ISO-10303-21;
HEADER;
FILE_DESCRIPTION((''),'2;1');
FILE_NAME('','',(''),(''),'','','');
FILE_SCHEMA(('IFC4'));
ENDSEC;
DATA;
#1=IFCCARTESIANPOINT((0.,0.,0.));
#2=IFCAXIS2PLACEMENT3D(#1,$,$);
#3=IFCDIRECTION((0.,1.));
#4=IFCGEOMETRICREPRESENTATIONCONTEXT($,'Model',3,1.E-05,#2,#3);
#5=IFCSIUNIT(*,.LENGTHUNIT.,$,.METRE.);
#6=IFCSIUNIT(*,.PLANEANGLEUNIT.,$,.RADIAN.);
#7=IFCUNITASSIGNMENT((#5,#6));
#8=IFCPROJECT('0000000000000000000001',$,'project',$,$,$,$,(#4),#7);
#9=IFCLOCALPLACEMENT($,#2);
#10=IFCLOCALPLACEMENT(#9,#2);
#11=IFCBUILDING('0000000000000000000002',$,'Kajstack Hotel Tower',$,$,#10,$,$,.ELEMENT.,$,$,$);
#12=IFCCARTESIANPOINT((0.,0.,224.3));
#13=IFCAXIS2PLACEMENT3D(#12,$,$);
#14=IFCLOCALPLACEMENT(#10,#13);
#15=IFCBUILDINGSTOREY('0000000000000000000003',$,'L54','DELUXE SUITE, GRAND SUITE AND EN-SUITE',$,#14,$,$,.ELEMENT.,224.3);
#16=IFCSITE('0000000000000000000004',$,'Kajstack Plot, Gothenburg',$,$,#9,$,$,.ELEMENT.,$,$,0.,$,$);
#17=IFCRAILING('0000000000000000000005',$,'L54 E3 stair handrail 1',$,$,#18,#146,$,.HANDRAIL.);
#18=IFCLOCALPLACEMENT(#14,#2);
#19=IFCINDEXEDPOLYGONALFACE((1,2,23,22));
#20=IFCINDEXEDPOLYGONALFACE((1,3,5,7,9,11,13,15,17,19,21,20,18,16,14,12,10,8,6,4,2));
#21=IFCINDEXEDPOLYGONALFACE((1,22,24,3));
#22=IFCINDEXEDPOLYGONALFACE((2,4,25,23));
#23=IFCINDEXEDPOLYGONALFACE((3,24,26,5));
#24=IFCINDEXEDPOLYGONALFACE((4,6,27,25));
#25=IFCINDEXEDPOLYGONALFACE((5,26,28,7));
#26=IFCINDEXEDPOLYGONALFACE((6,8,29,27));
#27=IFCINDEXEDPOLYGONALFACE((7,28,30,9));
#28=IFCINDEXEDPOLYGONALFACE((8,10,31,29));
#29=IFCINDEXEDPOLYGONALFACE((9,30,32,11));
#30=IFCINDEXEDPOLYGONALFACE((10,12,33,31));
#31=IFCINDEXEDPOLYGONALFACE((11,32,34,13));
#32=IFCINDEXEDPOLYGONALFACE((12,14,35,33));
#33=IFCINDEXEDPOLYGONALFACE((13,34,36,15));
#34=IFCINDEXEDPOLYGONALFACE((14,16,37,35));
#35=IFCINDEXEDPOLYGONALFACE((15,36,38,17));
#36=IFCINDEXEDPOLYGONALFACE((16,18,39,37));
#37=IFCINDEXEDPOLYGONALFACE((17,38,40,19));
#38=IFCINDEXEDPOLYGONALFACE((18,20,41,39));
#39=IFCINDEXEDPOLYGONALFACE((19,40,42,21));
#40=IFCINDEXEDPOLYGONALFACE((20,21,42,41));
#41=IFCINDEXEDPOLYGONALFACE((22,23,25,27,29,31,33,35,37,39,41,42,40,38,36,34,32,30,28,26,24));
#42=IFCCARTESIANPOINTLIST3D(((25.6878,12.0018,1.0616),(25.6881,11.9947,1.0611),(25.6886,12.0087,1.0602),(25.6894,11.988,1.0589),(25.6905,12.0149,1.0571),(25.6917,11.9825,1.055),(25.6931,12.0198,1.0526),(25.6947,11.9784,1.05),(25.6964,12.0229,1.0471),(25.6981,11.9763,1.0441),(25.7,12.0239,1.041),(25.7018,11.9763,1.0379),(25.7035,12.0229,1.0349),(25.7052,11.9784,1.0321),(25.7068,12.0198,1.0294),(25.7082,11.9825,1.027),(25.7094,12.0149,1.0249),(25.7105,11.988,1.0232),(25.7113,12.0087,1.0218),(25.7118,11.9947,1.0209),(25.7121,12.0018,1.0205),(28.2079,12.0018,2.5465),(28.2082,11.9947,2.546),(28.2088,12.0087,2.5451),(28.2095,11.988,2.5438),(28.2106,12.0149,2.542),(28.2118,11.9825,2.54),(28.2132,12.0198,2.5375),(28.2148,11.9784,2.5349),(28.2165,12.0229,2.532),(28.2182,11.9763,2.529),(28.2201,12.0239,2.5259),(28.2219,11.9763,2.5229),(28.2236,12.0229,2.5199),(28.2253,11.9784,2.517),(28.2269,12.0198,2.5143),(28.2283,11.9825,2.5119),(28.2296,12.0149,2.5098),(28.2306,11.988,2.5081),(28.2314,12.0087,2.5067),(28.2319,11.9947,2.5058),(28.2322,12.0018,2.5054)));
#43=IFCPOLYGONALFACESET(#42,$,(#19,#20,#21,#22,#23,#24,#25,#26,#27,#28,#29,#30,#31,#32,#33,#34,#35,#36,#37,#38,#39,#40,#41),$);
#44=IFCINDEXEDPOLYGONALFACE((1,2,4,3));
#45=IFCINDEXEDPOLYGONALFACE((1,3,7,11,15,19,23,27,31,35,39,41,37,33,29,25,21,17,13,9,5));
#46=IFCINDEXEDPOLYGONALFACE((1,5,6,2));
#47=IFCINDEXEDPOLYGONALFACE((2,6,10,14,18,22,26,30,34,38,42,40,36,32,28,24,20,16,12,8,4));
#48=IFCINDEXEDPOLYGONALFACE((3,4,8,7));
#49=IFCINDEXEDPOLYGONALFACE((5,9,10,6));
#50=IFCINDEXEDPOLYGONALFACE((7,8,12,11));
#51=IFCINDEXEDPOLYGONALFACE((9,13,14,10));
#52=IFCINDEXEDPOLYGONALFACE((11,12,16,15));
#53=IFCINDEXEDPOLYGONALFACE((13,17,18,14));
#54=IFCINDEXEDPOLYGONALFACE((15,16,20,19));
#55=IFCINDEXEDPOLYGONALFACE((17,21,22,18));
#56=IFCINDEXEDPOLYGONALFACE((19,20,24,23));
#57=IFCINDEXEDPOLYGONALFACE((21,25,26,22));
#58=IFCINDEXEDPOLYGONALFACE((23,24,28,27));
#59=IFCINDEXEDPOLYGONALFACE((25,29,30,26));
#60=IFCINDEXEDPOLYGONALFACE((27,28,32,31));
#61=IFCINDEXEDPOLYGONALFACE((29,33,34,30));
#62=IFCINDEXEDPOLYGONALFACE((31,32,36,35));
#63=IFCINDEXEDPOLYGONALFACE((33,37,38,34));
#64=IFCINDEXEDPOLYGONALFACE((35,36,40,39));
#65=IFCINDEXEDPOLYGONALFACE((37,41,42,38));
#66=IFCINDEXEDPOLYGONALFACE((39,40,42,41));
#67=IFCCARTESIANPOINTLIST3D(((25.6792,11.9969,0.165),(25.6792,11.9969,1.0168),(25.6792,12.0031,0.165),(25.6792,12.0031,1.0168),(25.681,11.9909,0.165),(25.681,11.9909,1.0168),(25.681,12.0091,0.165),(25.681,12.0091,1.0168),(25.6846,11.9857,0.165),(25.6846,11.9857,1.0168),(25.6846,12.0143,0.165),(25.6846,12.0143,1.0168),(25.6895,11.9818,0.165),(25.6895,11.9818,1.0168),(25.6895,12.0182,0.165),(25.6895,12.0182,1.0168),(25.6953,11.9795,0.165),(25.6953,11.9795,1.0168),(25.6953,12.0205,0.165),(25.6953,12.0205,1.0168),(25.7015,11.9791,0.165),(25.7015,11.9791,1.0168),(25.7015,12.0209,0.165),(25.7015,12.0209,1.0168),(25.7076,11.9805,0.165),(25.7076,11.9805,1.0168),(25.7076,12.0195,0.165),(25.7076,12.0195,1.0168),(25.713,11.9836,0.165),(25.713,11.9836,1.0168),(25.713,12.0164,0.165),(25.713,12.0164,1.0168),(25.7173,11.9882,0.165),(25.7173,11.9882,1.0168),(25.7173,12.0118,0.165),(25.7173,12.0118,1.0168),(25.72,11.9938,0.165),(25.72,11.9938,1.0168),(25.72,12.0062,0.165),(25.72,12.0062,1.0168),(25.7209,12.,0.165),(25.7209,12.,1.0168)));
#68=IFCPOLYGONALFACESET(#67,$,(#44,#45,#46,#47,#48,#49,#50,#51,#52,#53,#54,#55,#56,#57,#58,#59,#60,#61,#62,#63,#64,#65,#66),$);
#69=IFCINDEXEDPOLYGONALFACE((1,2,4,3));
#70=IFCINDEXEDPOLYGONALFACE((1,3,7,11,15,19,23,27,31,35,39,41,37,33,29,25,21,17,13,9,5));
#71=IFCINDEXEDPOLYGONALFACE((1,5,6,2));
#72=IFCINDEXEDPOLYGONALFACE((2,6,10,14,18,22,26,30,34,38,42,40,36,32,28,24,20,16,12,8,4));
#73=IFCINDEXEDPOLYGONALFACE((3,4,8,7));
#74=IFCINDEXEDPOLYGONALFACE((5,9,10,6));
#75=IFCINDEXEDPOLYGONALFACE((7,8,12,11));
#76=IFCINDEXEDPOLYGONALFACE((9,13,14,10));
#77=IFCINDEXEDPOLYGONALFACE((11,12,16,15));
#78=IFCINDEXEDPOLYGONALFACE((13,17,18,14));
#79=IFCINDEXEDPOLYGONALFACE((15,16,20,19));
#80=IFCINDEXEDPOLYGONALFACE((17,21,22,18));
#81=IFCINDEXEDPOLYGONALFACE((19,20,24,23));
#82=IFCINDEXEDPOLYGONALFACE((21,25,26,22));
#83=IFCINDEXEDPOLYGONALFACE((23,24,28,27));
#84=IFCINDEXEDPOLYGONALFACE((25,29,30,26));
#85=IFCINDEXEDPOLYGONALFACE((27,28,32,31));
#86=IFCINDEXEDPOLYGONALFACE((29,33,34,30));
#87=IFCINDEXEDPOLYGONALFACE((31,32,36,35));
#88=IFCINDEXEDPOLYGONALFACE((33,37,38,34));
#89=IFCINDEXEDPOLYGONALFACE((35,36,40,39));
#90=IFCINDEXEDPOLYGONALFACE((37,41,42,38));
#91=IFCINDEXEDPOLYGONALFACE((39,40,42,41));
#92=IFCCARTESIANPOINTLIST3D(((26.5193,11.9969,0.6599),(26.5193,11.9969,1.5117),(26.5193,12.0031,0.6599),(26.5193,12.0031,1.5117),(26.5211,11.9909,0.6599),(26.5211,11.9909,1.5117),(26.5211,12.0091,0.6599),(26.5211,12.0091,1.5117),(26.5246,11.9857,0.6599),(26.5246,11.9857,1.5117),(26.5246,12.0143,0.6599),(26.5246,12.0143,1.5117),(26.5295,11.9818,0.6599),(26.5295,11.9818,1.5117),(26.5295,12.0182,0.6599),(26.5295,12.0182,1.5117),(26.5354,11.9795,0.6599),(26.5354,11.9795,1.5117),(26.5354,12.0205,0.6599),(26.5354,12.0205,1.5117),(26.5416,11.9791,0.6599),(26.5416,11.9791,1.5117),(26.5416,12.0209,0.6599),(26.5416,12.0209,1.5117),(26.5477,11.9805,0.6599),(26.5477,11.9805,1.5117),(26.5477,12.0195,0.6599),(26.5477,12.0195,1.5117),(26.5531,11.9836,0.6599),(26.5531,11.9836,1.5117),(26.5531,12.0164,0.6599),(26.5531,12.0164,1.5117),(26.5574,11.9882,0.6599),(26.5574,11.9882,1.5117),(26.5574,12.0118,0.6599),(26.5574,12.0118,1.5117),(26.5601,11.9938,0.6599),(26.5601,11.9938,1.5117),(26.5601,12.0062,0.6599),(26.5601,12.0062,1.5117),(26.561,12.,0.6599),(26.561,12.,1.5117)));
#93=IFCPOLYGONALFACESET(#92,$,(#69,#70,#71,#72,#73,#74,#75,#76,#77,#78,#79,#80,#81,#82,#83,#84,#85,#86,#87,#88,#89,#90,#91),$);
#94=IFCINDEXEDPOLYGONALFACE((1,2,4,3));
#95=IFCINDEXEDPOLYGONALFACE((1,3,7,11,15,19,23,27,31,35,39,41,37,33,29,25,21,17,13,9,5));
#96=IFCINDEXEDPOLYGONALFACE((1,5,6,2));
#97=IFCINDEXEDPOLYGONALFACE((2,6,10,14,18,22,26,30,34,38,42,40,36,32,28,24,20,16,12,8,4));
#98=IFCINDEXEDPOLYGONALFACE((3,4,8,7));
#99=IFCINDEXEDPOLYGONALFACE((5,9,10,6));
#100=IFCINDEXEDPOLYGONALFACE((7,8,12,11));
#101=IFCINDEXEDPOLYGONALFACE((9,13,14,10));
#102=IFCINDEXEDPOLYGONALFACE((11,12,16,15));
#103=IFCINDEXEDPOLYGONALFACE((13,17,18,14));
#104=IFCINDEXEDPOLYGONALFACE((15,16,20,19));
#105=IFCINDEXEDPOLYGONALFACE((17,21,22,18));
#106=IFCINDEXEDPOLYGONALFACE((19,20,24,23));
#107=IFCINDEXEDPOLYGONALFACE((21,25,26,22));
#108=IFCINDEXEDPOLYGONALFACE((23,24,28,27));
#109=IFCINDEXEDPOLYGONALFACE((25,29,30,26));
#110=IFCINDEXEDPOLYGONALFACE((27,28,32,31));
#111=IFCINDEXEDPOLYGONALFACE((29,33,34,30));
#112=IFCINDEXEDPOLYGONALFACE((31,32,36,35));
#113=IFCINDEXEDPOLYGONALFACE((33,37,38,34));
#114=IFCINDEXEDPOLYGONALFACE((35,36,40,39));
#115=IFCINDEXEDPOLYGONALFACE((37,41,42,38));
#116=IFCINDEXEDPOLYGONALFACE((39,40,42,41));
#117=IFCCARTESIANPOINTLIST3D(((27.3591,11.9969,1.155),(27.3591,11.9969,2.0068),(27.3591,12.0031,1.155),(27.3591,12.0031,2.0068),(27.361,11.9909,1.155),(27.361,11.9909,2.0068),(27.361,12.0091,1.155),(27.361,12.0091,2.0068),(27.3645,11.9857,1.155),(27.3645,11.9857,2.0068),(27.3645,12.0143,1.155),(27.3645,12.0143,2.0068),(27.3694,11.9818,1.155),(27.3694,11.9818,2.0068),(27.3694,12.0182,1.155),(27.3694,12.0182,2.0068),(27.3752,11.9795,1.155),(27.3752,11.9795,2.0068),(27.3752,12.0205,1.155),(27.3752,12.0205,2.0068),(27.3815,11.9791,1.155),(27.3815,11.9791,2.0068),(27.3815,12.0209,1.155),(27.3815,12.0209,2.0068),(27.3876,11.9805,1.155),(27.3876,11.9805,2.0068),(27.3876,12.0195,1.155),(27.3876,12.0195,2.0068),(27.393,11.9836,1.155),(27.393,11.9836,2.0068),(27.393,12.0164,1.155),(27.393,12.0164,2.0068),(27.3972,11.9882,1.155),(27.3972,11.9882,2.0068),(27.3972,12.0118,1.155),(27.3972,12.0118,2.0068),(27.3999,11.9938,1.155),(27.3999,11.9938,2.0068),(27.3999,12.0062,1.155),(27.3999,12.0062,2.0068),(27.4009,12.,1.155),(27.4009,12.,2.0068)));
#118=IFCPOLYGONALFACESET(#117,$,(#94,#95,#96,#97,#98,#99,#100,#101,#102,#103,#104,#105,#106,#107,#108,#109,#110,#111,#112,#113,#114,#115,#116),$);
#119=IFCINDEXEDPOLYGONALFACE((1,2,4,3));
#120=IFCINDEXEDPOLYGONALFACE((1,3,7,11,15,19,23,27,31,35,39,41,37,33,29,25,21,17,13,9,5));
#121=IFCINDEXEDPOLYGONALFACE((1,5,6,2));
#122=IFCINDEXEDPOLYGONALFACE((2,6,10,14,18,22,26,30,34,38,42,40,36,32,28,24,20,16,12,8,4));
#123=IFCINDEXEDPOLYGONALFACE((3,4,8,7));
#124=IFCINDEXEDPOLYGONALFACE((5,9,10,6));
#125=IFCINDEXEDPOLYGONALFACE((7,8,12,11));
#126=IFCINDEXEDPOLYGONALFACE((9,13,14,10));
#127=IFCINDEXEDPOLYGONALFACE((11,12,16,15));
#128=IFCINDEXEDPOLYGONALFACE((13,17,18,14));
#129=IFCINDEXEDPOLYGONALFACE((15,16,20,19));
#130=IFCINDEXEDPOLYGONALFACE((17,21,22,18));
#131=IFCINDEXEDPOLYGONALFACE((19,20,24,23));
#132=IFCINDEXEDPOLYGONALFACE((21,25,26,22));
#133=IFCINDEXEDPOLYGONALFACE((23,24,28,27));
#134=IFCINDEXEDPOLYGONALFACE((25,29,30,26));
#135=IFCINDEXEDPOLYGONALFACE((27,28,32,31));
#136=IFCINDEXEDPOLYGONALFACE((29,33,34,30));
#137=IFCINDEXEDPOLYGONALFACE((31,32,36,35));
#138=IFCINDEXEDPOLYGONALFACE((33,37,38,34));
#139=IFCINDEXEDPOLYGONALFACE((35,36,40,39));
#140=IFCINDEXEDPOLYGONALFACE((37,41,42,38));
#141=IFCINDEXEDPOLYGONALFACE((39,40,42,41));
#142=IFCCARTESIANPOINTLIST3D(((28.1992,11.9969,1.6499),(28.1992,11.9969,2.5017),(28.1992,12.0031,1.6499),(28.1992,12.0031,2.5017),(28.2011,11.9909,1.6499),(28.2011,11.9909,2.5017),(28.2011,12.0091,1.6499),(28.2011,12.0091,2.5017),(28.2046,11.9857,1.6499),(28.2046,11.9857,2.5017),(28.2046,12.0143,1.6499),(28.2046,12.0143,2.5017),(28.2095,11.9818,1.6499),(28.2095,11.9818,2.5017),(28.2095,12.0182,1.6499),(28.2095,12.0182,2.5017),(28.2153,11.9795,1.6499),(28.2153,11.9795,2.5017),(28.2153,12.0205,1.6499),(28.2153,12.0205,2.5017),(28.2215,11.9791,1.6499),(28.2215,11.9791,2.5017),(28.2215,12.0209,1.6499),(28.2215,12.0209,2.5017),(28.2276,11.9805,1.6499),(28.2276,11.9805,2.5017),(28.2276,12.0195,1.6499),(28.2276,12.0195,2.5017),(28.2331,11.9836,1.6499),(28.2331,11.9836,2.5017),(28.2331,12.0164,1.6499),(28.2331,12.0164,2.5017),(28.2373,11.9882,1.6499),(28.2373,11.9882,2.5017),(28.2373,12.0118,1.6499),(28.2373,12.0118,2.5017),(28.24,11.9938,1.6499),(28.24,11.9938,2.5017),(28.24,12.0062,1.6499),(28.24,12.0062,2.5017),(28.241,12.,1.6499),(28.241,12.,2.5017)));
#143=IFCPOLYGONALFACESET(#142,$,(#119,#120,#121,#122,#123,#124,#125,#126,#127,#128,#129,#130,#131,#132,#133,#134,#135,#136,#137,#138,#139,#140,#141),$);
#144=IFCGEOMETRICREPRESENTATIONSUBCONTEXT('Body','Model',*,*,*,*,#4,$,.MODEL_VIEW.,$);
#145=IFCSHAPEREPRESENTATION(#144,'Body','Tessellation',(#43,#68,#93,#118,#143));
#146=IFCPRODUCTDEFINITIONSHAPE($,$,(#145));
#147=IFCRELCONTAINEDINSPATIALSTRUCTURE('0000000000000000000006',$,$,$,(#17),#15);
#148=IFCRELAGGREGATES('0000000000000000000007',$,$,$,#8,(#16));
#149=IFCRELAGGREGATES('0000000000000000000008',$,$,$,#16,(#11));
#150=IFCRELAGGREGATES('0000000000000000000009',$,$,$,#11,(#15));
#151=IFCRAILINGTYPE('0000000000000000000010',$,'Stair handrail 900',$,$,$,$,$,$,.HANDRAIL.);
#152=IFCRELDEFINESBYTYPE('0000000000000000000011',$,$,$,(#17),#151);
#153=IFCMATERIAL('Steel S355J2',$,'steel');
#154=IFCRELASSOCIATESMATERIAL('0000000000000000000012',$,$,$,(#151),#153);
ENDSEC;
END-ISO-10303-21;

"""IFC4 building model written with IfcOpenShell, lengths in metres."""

from ifc_helpers import new_model, si_unit, direction, frame, origin, origin_2d, place, context, subcontext, project, spatial, circle, extrude, material, type_object, element, save


model = new_model("IFC4")

# Units and contexts
model_context = context("Model", 3, precision=1e-05, world=origin(), true_north=direction((0.0, 1.0)))
body_context = subcontext(model_context, "Body", "Model", "MODEL_VIEW")
ifc_project = project(units=[si_unit("LENGTHUNIT", "METRE"), si_unit("PLANEANGLEUNIT", "RADIAN")], contexts=[model_context])

# Site, building, storey
site_placement = place(None, origin())
site = spatial("IfcSite", under=ifc_project, at=site_placement, Name="Kajstack Plot, Gothenburg", CompositionType="ELEMENT", RefElevation=0.0)
building_placement = place(site_placement, origin())
building = spatial("IfcBuilding", under=site, at=building_placement, Name="Kajstack Hotel Tower", CompositionType="ELEMENT")
storey_placement = place(building_placement, frame((0.0, 0.0, 224.3)))
storey = spatial("IfcBuildingStorey", under=building, at=storey_placement, Name="L54", Description="DELUXE SUITE, GRAND SUITE AND EN-SUITE", CompositionType="ELEMENT", Elevation=224.3)

# Railing
ifc_material_1 = material(Name="Steel S355J2", Category="steel")
railing_type_1 = type_object("IfcRailingType", Name="Stair handrail 900", PredefinedType="HANDRAIL", material=ifc_material_1)
railing_1_placement = place(storey_placement, frame((25.7, 12.0, 0.165)))
element("IfcRailing", 1, at=railing_1_placement, inside=storey, type_object=railing_type_1, Name="L54 E3 stair handrail 1", PredefinedType="HANDRAIL", context=body_context, shape_type="SweptSolid", body=[
    extrude(circle(Radius=0.0239, at=origin_2d()), frame((0.0, 0.0, 0.876), z_axis=(0.861561, 0.0, 0.507655), x_axis=(0.0, 1.0, 0.0)), (0.0, 0.0, 1.0), 2.925),
    extrude(circle(Radius=0.021, at=origin_2d()), origin(), (0.0, 0.0, 1.0), 0.8518),
    extrude(circle(Radius=0.021, at=origin_2d()), frame((0.8401, 0.0, 0.4949)), (0.0, 0.0, 1.0), 0.8518),
    extrude(circle(Radius=0.021, at=origin_2d()), frame((1.6799, 0.0, 0.99)), (0.0, 0.0, 1.0), 0.8518),
    extrude(circle(Radius=0.021, at=origin_2d()), frame((2.52, 0.0, 1.4849)), (0.0, 0.0, 1.0), 0.8518),
])

save(model, "model.ifc")
